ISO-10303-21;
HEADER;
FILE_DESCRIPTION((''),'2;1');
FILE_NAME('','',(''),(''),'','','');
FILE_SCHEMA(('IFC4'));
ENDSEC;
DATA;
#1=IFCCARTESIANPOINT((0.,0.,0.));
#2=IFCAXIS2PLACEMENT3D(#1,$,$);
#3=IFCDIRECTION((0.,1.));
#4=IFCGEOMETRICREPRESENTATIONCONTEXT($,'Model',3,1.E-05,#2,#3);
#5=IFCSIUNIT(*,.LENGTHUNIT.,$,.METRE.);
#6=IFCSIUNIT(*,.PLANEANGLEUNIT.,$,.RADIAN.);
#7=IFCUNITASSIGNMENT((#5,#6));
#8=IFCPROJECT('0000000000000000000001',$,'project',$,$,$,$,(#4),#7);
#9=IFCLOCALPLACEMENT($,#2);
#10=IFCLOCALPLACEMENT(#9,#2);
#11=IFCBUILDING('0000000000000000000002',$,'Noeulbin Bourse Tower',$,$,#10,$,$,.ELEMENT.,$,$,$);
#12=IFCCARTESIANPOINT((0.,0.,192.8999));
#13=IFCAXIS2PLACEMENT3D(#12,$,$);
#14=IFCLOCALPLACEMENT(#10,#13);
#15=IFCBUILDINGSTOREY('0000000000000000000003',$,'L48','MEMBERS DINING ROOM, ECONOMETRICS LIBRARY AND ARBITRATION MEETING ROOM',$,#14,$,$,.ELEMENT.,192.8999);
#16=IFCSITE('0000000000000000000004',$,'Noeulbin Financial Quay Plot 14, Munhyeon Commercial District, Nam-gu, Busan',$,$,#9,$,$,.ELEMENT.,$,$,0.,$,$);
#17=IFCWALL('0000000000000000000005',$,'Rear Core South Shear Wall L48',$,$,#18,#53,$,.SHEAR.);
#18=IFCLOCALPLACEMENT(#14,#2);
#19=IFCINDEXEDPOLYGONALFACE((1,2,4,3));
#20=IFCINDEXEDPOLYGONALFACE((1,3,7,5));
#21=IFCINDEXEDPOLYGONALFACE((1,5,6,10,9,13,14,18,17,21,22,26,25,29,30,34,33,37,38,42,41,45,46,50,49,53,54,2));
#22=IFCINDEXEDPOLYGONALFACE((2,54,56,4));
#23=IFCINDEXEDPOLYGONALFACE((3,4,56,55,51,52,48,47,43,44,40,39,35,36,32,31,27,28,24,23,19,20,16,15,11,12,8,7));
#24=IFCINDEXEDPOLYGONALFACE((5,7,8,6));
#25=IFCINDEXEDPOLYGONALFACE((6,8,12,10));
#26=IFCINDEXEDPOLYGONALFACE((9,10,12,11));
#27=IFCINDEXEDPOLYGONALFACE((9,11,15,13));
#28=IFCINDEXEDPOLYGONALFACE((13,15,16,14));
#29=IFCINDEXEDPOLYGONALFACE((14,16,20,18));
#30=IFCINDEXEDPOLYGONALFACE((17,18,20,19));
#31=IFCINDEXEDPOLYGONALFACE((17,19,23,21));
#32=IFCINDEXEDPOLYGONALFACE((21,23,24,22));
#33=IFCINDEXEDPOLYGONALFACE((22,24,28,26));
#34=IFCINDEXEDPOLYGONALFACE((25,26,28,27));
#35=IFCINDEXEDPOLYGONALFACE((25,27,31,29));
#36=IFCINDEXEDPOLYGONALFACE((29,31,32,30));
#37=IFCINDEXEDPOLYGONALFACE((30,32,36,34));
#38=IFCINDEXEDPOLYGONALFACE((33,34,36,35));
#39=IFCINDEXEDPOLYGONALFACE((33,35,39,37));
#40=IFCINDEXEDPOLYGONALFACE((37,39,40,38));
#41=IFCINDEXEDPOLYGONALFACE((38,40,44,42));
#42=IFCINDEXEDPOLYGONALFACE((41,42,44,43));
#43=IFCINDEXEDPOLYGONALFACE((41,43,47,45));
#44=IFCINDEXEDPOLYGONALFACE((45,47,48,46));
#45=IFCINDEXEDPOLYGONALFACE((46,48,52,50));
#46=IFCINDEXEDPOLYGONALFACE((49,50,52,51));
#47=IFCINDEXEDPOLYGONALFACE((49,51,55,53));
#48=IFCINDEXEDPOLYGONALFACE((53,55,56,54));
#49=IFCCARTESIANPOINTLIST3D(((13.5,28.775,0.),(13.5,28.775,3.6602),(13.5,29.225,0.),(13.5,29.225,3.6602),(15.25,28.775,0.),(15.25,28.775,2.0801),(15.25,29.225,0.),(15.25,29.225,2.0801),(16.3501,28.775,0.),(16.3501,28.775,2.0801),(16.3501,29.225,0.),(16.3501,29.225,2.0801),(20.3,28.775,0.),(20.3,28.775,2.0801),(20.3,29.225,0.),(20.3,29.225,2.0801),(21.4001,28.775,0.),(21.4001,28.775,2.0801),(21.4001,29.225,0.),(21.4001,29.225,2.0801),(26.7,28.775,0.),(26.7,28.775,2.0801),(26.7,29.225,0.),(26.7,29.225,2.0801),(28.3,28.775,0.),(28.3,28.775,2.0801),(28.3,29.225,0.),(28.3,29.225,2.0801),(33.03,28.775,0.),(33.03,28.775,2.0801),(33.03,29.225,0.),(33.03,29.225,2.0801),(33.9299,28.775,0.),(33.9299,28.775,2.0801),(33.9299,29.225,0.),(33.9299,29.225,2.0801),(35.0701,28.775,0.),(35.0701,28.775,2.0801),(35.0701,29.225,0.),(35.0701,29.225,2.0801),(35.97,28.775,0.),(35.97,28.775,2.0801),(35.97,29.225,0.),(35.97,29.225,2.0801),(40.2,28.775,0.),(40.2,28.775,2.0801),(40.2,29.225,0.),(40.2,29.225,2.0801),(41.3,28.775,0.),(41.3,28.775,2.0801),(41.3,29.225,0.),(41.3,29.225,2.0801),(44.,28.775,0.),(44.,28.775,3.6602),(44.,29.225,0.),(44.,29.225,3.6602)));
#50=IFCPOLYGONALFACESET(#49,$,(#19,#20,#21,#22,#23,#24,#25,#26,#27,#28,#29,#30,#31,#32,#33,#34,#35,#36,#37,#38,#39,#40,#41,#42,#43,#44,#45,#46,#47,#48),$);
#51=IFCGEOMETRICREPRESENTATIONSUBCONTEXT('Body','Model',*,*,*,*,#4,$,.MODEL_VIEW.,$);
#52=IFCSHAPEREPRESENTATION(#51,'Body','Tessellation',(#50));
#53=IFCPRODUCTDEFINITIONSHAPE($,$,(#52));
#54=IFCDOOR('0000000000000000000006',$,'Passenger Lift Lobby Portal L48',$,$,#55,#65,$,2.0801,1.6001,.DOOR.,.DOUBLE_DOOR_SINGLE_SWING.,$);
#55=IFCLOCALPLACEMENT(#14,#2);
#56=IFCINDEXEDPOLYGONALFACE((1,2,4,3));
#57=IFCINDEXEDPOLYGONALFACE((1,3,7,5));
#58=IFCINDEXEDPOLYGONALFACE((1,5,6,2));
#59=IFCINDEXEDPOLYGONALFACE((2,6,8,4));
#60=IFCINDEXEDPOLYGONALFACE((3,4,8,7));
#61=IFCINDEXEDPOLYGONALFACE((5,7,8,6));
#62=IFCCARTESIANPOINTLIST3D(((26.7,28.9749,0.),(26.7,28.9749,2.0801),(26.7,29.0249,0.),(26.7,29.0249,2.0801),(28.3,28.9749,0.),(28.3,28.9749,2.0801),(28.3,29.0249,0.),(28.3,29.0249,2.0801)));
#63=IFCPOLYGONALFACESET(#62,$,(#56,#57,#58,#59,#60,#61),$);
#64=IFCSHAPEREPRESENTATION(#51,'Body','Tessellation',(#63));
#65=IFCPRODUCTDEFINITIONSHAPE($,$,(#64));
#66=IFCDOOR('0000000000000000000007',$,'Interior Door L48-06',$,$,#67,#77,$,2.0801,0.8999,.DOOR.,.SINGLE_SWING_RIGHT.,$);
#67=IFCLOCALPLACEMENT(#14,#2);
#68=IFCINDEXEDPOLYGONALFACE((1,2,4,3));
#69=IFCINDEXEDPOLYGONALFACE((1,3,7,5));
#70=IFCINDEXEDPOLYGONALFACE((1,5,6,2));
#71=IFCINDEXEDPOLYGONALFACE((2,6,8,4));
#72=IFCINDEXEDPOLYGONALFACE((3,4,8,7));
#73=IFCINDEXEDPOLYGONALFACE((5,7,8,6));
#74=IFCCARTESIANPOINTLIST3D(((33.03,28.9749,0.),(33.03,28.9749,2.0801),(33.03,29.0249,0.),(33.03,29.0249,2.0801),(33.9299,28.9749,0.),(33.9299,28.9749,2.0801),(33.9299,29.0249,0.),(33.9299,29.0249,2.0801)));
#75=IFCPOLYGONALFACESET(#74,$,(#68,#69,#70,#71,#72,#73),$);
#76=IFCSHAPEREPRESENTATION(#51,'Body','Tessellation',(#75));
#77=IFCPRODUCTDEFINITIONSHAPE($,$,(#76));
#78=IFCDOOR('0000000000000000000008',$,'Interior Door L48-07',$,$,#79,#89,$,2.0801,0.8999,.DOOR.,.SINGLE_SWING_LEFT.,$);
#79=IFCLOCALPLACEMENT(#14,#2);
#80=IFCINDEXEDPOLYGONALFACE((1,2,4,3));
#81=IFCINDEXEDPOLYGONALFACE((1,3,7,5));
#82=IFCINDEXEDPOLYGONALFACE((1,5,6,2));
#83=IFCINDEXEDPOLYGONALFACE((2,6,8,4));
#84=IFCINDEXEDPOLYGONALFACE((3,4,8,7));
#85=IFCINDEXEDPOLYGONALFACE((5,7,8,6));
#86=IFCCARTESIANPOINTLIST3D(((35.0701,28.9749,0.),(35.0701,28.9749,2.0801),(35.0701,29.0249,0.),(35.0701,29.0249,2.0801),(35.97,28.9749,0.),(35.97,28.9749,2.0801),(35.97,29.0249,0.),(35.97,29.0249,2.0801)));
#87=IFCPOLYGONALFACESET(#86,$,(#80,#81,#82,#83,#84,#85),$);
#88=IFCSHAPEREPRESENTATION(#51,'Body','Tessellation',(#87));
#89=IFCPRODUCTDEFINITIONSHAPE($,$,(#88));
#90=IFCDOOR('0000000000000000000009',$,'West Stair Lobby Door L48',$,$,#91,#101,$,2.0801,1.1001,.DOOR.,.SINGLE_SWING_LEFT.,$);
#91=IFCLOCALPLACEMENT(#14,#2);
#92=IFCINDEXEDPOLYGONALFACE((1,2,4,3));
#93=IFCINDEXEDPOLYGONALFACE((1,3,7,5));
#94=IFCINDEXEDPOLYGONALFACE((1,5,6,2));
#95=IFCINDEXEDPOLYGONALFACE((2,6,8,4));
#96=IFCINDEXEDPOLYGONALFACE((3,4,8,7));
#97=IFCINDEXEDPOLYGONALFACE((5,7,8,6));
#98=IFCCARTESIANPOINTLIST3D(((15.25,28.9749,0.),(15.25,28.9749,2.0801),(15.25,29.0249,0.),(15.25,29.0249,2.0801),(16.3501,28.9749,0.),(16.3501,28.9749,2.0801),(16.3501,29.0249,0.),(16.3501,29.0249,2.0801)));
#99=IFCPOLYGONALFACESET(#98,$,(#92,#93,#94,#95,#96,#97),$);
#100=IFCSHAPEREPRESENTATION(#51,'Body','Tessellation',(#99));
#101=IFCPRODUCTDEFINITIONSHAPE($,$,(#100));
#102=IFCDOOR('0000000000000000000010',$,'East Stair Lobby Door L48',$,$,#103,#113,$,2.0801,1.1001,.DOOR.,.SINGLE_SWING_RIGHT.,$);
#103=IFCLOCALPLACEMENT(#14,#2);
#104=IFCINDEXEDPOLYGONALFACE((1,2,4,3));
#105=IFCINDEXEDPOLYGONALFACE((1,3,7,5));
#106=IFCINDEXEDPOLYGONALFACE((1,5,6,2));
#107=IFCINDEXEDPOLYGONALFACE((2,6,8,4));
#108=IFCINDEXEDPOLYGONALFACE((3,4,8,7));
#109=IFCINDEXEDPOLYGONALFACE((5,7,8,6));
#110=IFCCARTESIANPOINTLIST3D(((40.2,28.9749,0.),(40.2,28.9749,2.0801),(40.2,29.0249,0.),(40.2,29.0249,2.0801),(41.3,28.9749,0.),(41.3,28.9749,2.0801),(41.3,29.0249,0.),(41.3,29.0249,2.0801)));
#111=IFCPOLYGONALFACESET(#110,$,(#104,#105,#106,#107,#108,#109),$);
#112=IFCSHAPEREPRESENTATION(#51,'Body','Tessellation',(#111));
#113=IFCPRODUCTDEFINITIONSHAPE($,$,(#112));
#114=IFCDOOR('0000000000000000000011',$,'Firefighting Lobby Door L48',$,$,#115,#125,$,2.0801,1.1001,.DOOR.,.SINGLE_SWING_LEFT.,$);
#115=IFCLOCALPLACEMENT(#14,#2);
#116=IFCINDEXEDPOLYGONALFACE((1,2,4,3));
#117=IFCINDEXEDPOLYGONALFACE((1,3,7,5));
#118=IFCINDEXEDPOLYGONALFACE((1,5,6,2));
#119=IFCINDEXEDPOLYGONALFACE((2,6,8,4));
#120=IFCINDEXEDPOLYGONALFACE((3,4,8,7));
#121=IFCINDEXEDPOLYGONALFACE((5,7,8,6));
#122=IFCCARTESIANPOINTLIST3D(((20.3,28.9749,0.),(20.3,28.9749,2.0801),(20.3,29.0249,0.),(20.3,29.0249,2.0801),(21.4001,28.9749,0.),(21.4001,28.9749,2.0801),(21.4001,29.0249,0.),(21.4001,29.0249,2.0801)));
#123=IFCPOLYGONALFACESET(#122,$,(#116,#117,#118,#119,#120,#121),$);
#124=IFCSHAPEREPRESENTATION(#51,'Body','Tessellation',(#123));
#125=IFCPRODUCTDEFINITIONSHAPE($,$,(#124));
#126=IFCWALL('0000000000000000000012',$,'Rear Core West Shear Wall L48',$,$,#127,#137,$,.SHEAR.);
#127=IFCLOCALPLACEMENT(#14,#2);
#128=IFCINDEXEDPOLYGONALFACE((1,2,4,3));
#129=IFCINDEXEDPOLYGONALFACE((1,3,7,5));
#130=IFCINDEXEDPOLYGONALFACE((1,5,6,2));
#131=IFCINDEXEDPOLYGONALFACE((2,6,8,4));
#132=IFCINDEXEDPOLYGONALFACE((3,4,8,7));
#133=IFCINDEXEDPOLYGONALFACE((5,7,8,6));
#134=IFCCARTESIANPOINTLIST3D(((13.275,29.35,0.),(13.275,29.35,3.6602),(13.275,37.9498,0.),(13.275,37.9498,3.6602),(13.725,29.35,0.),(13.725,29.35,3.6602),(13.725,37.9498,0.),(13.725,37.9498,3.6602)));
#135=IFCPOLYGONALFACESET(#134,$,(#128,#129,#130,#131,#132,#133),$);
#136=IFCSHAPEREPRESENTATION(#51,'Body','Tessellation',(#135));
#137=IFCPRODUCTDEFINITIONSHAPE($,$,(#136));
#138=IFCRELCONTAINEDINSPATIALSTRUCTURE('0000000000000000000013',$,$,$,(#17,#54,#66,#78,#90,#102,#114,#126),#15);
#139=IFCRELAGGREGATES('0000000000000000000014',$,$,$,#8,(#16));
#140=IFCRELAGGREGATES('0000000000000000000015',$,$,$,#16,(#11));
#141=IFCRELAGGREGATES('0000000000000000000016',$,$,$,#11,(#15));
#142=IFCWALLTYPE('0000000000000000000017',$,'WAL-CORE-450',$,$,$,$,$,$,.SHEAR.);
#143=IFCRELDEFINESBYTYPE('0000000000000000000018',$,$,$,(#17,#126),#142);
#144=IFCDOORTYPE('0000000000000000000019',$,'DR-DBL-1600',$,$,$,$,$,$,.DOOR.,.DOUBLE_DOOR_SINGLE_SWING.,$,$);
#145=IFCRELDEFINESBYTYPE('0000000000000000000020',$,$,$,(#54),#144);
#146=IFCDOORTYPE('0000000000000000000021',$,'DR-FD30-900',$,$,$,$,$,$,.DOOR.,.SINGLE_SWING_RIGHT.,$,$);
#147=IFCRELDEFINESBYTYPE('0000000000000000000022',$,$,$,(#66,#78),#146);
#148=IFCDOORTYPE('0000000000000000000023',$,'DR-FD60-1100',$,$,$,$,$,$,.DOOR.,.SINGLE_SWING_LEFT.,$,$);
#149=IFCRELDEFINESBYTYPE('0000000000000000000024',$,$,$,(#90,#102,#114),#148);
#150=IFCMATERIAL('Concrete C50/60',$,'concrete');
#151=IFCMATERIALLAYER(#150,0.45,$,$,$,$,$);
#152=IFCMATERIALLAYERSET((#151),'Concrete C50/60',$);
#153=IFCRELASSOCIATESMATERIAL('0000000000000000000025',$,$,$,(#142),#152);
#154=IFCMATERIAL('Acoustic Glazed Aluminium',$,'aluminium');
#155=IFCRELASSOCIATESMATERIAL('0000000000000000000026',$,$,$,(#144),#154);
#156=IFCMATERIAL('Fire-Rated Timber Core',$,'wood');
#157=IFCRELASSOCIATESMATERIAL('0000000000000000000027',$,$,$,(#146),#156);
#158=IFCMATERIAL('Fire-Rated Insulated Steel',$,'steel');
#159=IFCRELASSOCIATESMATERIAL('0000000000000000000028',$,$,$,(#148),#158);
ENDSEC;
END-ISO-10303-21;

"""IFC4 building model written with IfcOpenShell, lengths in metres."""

from ifc_helpers import new_model, si_unit, direction, frame, frame_2d, origin, place, context, subcontext, project, spatial, rectangle, extrude, material, layer, layer_set, type_object, element, fill, save


model = new_model("IFC4")

# Units and contexts
model_context = context("Model", 3, precision=1e-05, world=origin(), true_north=direction((0.0, 1.0)))
body_context = subcontext(model_context, "Body", "Model", "MODEL_VIEW")
ifc_project = project(units=[si_unit("LENGTHUNIT", "METRE"), si_unit("PLANEANGLEUNIT", "RADIAN")], contexts=[model_context])

# Site, building, storey
site_placement = place(None, origin())
site = spatial("IfcSite", under=ifc_project, at=site_placement, Name="Noeulbin Financial Quay Plot 14, Munhyeon Commercial District, Nam-gu, Busan", CompositionType="ELEMENT", RefElevation=0.0)
building_placement = place(site_placement, origin())
building = spatial("IfcBuilding", under=site, at=building_placement, Name="Noeulbin Bourse Tower", CompositionType="ELEMENT")
storey_placement = place(building_placement, frame((0.0, 0.0, 192.8999)))
storey = spatial("IfcBuildingStorey", under=building, at=storey_placement, Name="L48", Description="MEMBERS DINING ROOM, ECONOMETRICS LIBRARY AND ARBITRATION MEETING ROOM", CompositionType="ELEMENT", Elevation=192.8999)

# Wall, openings, doors
ifc_material_1 = material(Name="Concrete C50/60", Category="concrete")
ifc_layer_1 = layer(ifc_material_1, 0.45)
ifc_layer_set_1 = layer_set([ifc_layer_1], Name="Concrete C50/60")
wall_type_1 = type_object("IfcWallType", Name="WAL-CORE-450", PredefinedType="SHEAR", material=ifc_layer_set_1)
wall_1_placement = place(storey_placement, frame((13.5, 29.0, 0.0), z_axis=(0.0, 0.0, 1.0), x_axis=(1.0, 0.0, 0.0)))
wall_1 = element("IfcWall", 1, at=wall_1_placement, inside=storey, type_object=wall_type_1, Name="Rear Core South Shear Wall L48", PredefinedType="SHEAR", context=body_context, shape_type="SweptSolid", body=[
    extrude(rectangle(XDim=30.5, YDim=0.45, at=frame_2d((15.25, 0.0))), origin(), (0.0, 0.0, 1.0), 3.6602),
])
opening_1_placement = place(wall_1_placement, frame((1.75, 0.0, 0.0)))
opening_1 = element("IfcOpeningElement", 2, at=opening_1_placement, cuts=wall_1, PredefinedType="OPENING", context=body_context, shape_type="SweptSolid", body=[
    extrude(rectangle(XDim=1.1001, YDim=2.0801, at=frame_2d((0.55, 1.04))), frame((0.0, 0.2349, 0.0), z_axis=(0.0, -1.0, 0.0), x_axis=(1.0, 0.0, 0.0)), (0.0, 0.0, 1.0), 0.47),
])
opening_2_placement = place(wall_1_placement, frame((26.7, 0.0, 0.0)))
opening_2 = element("IfcOpeningElement", 3, at=opening_2_placement, cuts=wall_1, PredefinedType="OPENING", context=body_context, shape_type="SweptSolid", body=[
    extrude(rectangle(XDim=1.1001, YDim=2.0801, at=frame_2d((0.55, 1.04))), frame((0.0, 0.2349, 0.0), z_axis=(0.0, -1.0, 0.0), x_axis=(1.0, 0.0, 0.0)), (0.0, 0.0, 1.0), 0.47),
])
opening_3_placement = place(wall_1_placement, frame((6.8, 0.0, 0.0)))
opening_3 = element("IfcOpeningElement", 4, at=opening_3_placement, cuts=wall_1, PredefinedType="OPENING", context=body_context, shape_type="SweptSolid", body=[
    extrude(rectangle(XDim=1.1001, YDim=2.0801, at=frame_2d((0.55, 1.04))), frame((0.0, 0.2349, 0.0), z_axis=(0.0, -1.0, 0.0), x_axis=(1.0, 0.0, 0.0)), (0.0, 0.0, 1.0), 0.47),
])
opening_4_placement = place(wall_1_placement, frame((13.2, 0.0, 0.0)))
opening_4 = element("IfcOpeningElement", 5, at=opening_4_placement, cuts=wall_1, PredefinedType="OPENING", context=body_context, shape_type="SweptSolid", body=[
    extrude(rectangle(XDim=1.6001, YDim=2.0801, at=frame_2d((0.8, 1.04))), frame((0.0, 0.2349, 0.0), z_axis=(0.0, -1.0, 0.0), x_axis=(1.0, 0.0, 0.0)), (0.0, 0.0, 1.0), 0.47),
])
opening_5_placement = place(wall_1_placement, frame((19.53, 0.0, 0.0)))
opening_5 = element("IfcOpeningElement", 6, at=opening_5_placement, cuts=wall_1, PredefinedType="OPENING", context=body_context, shape_type="SweptSolid", body=[
    extrude(rectangle(XDim=0.8999, YDim=2.0801, at=frame_2d((0.45, 1.04))), frame((0.0, 0.2349, 0.0), z_axis=(0.0, -1.0, 0.0), x_axis=(1.0, 0.0, 0.0)), (0.0, 0.0, 1.0), 0.47),
])
opening_6_placement = place(wall_1_placement, frame((21.5701, 0.0, 0.0)))
opening_6 = element("IfcOpeningElement", 7, at=opening_6_placement, cuts=wall_1, PredefinedType="OPENING", context=body_context, shape_type="SweptSolid", body=[
    extrude(rectangle(XDim=0.8999, YDim=2.0801, at=frame_2d((0.45, 1.04))), frame((0.0, 0.2349, 0.0), z_axis=(0.0, -1.0, 0.0), x_axis=(1.0, 0.0, 0.0)), (0.0, 0.0, 1.0), 0.47),
])
ifc_material_2 = material(Name="Acoustic Glazed Aluminium", Category="aluminium")
door_type_1 = type_object("IfcDoorType", Name="DR-DBL-1600", OperationType="DOUBLE_DOOR_SINGLE_SWING", PredefinedType="DOOR", material=ifc_material_2)
door_1_placement = place(opening_4_placement, origin())
door_1 = element("IfcDoor", 8, at=door_1_placement, inside=storey, type_object=door_type_1, Name="Passenger Lift Lobby Portal L48", OperationType="DOUBLE_DOOR_SINGLE_SWING", OverallHeight=2.0801, OverallWidth=1.6001, PredefinedType="DOOR", context=body_context, shape_type="SweptSolid", body=[
    extrude(rectangle(XDim=1.6001, YDim=2.0801, at=frame_2d((0.8, 1.04))), frame((0.0, 0.0249, 0.0), z_axis=(0.0, -1.0, 0.0), x_axis=(1.0, 0.0, 0.0)), (0.0, 0.0, 1.0), 0.05),
])
fill(opening_4, door_1)
ifc_material_3 = material(Name="Fire-Rated Timber Core", Category="wood")
door_type_2 = type_object("IfcDoorType", Name="DR-FD30-900", OperationType="SINGLE_SWING_RIGHT", PredefinedType="DOOR", material=ifc_material_3)
door_2_placement = place(opening_5_placement, origin())
door_2 = element("IfcDoor", 9, at=door_2_placement, inside=storey, type_object=door_type_2, Name="Interior Door L48-06", OperationType="SINGLE_SWING_RIGHT", OverallHeight=2.0801, OverallWidth=0.8999, PredefinedType="DOOR", context=body_context, shape_type="SweptSolid", body=[
    extrude(rectangle(XDim=0.8999, YDim=2.0801, at=frame_2d((0.45, 1.04))), frame((0.0, 0.0249, 0.0), z_axis=(0.0, -1.0, 0.0), x_axis=(1.0, 0.0, 0.0)), (0.0, 0.0, 1.0), 0.05),
])
fill(opening_5, door_2)
door_3_placement = place(opening_6_placement, origin())
door_3 = element("IfcDoor", 10, at=door_3_placement, inside=storey, type_object=door_type_2, Name="Interior Door L48-07", OperationType="SINGLE_SWING_LEFT", OverallHeight=2.0801, OverallWidth=0.8999, PredefinedType="DOOR", context=body_context, shape_type="SweptSolid", body=[
    extrude(rectangle(XDim=0.8999, YDim=2.0801, at=frame_2d((0.45, 1.04))), frame((0.0, 0.0249, 0.0), z_axis=(0.0, -1.0, 0.0), x_axis=(1.0, 0.0, 0.0)), (0.0, 0.0, 1.0), 0.05),
])
fill(opening_6, door_3)
ifc_material_4 = material(Name="Fire-Rated Insulated Steel", Category="steel")
door_type_3 = type_object("IfcDoorType", Name="DR-FD60-1100", OperationType="SINGLE_SWING_LEFT", PredefinedType="DOOR", material=ifc_material_4)
door_4_placement = place(opening_1_placement, origin())
door_4 = element("IfcDoor", 11, at=door_4_placement, inside=storey, type_object=door_type_3, Name="West Stair Lobby Door L48", OperationType="SINGLE_SWING_LEFT", OverallHeight=2.0801, OverallWidth=1.1001, PredefinedType="DOOR", context=body_context, shape_type="SweptSolid", body=[
    extrude(rectangle(XDim=1.1001, YDim=2.0801, at=frame_2d((0.55, 1.04))), frame((0.0, 0.0249, 0.0), z_axis=(0.0, -1.0, 0.0), x_axis=(1.0, 0.0, 0.0)), (0.0, 0.0, 1.0), 0.05),
])
fill(opening_1, door_4)
door_5_placement = place(opening_2_placement, origin())
door_5 = element("IfcDoor", 12, at=door_5_placement, inside=storey, type_object=door_type_3, Name="East Stair Lobby Door L48", OperationType="SINGLE_SWING_RIGHT", OverallHeight=2.0801, OverallWidth=1.1001, PredefinedType="DOOR", context=body_context, shape_type="SweptSolid", body=[
    extrude(rectangle(XDim=1.1001, YDim=2.0801, at=frame_2d((0.55, 1.04))), frame((0.0, 0.0249, 0.0), z_axis=(0.0, -1.0, 0.0), x_axis=(1.0, 0.0, 0.0)), (0.0, 0.0, 1.0), 0.05),
])
fill(opening_2, door_5)
door_6_placement = place(opening_3_placement, origin())
door_6 = element("IfcDoor", 13, at=door_6_placement, inside=storey, type_object=door_type_3, Name="Firefighting Lobby Door L48", OperationType="SINGLE_SWING_LEFT", OverallHeight=2.0801, OverallWidth=1.1001, PredefinedType="DOOR", context=body_context, shape_type="SweptSolid", body=[
    extrude(rectangle(XDim=1.1001, YDim=2.0801, at=frame_2d((0.55, 1.04))), frame((0.0, 0.0249, 0.0), z_axis=(0.0, -1.0, 0.0), x_axis=(1.0, 0.0, 0.0)), (0.0, 0.0, 1.0), 0.05),
])
fill(opening_3, door_6)

# Wall
wall_2_placement = place(storey_placement, frame((13.5, 29.3501, 0.0), z_axis=(0.0, 0.0, 1.0), x_axis=(0.0, 1.0, 0.0)))
element("IfcWall", 14, at=wall_2_placement, inside=storey, type_object=wall_type_1, Name="Rear Core West Shear Wall L48", PredefinedType="SHEAR", context=body_context, shape_type="SweptSolid", body=[
    extrude(rectangle(XDim=8.5999, YDim=0.45, at=frame_2d((4.2998, 0.0))), origin(), (0.0, 0.0, 1.0), 3.6602),
])

save(model, "model.ifc")
